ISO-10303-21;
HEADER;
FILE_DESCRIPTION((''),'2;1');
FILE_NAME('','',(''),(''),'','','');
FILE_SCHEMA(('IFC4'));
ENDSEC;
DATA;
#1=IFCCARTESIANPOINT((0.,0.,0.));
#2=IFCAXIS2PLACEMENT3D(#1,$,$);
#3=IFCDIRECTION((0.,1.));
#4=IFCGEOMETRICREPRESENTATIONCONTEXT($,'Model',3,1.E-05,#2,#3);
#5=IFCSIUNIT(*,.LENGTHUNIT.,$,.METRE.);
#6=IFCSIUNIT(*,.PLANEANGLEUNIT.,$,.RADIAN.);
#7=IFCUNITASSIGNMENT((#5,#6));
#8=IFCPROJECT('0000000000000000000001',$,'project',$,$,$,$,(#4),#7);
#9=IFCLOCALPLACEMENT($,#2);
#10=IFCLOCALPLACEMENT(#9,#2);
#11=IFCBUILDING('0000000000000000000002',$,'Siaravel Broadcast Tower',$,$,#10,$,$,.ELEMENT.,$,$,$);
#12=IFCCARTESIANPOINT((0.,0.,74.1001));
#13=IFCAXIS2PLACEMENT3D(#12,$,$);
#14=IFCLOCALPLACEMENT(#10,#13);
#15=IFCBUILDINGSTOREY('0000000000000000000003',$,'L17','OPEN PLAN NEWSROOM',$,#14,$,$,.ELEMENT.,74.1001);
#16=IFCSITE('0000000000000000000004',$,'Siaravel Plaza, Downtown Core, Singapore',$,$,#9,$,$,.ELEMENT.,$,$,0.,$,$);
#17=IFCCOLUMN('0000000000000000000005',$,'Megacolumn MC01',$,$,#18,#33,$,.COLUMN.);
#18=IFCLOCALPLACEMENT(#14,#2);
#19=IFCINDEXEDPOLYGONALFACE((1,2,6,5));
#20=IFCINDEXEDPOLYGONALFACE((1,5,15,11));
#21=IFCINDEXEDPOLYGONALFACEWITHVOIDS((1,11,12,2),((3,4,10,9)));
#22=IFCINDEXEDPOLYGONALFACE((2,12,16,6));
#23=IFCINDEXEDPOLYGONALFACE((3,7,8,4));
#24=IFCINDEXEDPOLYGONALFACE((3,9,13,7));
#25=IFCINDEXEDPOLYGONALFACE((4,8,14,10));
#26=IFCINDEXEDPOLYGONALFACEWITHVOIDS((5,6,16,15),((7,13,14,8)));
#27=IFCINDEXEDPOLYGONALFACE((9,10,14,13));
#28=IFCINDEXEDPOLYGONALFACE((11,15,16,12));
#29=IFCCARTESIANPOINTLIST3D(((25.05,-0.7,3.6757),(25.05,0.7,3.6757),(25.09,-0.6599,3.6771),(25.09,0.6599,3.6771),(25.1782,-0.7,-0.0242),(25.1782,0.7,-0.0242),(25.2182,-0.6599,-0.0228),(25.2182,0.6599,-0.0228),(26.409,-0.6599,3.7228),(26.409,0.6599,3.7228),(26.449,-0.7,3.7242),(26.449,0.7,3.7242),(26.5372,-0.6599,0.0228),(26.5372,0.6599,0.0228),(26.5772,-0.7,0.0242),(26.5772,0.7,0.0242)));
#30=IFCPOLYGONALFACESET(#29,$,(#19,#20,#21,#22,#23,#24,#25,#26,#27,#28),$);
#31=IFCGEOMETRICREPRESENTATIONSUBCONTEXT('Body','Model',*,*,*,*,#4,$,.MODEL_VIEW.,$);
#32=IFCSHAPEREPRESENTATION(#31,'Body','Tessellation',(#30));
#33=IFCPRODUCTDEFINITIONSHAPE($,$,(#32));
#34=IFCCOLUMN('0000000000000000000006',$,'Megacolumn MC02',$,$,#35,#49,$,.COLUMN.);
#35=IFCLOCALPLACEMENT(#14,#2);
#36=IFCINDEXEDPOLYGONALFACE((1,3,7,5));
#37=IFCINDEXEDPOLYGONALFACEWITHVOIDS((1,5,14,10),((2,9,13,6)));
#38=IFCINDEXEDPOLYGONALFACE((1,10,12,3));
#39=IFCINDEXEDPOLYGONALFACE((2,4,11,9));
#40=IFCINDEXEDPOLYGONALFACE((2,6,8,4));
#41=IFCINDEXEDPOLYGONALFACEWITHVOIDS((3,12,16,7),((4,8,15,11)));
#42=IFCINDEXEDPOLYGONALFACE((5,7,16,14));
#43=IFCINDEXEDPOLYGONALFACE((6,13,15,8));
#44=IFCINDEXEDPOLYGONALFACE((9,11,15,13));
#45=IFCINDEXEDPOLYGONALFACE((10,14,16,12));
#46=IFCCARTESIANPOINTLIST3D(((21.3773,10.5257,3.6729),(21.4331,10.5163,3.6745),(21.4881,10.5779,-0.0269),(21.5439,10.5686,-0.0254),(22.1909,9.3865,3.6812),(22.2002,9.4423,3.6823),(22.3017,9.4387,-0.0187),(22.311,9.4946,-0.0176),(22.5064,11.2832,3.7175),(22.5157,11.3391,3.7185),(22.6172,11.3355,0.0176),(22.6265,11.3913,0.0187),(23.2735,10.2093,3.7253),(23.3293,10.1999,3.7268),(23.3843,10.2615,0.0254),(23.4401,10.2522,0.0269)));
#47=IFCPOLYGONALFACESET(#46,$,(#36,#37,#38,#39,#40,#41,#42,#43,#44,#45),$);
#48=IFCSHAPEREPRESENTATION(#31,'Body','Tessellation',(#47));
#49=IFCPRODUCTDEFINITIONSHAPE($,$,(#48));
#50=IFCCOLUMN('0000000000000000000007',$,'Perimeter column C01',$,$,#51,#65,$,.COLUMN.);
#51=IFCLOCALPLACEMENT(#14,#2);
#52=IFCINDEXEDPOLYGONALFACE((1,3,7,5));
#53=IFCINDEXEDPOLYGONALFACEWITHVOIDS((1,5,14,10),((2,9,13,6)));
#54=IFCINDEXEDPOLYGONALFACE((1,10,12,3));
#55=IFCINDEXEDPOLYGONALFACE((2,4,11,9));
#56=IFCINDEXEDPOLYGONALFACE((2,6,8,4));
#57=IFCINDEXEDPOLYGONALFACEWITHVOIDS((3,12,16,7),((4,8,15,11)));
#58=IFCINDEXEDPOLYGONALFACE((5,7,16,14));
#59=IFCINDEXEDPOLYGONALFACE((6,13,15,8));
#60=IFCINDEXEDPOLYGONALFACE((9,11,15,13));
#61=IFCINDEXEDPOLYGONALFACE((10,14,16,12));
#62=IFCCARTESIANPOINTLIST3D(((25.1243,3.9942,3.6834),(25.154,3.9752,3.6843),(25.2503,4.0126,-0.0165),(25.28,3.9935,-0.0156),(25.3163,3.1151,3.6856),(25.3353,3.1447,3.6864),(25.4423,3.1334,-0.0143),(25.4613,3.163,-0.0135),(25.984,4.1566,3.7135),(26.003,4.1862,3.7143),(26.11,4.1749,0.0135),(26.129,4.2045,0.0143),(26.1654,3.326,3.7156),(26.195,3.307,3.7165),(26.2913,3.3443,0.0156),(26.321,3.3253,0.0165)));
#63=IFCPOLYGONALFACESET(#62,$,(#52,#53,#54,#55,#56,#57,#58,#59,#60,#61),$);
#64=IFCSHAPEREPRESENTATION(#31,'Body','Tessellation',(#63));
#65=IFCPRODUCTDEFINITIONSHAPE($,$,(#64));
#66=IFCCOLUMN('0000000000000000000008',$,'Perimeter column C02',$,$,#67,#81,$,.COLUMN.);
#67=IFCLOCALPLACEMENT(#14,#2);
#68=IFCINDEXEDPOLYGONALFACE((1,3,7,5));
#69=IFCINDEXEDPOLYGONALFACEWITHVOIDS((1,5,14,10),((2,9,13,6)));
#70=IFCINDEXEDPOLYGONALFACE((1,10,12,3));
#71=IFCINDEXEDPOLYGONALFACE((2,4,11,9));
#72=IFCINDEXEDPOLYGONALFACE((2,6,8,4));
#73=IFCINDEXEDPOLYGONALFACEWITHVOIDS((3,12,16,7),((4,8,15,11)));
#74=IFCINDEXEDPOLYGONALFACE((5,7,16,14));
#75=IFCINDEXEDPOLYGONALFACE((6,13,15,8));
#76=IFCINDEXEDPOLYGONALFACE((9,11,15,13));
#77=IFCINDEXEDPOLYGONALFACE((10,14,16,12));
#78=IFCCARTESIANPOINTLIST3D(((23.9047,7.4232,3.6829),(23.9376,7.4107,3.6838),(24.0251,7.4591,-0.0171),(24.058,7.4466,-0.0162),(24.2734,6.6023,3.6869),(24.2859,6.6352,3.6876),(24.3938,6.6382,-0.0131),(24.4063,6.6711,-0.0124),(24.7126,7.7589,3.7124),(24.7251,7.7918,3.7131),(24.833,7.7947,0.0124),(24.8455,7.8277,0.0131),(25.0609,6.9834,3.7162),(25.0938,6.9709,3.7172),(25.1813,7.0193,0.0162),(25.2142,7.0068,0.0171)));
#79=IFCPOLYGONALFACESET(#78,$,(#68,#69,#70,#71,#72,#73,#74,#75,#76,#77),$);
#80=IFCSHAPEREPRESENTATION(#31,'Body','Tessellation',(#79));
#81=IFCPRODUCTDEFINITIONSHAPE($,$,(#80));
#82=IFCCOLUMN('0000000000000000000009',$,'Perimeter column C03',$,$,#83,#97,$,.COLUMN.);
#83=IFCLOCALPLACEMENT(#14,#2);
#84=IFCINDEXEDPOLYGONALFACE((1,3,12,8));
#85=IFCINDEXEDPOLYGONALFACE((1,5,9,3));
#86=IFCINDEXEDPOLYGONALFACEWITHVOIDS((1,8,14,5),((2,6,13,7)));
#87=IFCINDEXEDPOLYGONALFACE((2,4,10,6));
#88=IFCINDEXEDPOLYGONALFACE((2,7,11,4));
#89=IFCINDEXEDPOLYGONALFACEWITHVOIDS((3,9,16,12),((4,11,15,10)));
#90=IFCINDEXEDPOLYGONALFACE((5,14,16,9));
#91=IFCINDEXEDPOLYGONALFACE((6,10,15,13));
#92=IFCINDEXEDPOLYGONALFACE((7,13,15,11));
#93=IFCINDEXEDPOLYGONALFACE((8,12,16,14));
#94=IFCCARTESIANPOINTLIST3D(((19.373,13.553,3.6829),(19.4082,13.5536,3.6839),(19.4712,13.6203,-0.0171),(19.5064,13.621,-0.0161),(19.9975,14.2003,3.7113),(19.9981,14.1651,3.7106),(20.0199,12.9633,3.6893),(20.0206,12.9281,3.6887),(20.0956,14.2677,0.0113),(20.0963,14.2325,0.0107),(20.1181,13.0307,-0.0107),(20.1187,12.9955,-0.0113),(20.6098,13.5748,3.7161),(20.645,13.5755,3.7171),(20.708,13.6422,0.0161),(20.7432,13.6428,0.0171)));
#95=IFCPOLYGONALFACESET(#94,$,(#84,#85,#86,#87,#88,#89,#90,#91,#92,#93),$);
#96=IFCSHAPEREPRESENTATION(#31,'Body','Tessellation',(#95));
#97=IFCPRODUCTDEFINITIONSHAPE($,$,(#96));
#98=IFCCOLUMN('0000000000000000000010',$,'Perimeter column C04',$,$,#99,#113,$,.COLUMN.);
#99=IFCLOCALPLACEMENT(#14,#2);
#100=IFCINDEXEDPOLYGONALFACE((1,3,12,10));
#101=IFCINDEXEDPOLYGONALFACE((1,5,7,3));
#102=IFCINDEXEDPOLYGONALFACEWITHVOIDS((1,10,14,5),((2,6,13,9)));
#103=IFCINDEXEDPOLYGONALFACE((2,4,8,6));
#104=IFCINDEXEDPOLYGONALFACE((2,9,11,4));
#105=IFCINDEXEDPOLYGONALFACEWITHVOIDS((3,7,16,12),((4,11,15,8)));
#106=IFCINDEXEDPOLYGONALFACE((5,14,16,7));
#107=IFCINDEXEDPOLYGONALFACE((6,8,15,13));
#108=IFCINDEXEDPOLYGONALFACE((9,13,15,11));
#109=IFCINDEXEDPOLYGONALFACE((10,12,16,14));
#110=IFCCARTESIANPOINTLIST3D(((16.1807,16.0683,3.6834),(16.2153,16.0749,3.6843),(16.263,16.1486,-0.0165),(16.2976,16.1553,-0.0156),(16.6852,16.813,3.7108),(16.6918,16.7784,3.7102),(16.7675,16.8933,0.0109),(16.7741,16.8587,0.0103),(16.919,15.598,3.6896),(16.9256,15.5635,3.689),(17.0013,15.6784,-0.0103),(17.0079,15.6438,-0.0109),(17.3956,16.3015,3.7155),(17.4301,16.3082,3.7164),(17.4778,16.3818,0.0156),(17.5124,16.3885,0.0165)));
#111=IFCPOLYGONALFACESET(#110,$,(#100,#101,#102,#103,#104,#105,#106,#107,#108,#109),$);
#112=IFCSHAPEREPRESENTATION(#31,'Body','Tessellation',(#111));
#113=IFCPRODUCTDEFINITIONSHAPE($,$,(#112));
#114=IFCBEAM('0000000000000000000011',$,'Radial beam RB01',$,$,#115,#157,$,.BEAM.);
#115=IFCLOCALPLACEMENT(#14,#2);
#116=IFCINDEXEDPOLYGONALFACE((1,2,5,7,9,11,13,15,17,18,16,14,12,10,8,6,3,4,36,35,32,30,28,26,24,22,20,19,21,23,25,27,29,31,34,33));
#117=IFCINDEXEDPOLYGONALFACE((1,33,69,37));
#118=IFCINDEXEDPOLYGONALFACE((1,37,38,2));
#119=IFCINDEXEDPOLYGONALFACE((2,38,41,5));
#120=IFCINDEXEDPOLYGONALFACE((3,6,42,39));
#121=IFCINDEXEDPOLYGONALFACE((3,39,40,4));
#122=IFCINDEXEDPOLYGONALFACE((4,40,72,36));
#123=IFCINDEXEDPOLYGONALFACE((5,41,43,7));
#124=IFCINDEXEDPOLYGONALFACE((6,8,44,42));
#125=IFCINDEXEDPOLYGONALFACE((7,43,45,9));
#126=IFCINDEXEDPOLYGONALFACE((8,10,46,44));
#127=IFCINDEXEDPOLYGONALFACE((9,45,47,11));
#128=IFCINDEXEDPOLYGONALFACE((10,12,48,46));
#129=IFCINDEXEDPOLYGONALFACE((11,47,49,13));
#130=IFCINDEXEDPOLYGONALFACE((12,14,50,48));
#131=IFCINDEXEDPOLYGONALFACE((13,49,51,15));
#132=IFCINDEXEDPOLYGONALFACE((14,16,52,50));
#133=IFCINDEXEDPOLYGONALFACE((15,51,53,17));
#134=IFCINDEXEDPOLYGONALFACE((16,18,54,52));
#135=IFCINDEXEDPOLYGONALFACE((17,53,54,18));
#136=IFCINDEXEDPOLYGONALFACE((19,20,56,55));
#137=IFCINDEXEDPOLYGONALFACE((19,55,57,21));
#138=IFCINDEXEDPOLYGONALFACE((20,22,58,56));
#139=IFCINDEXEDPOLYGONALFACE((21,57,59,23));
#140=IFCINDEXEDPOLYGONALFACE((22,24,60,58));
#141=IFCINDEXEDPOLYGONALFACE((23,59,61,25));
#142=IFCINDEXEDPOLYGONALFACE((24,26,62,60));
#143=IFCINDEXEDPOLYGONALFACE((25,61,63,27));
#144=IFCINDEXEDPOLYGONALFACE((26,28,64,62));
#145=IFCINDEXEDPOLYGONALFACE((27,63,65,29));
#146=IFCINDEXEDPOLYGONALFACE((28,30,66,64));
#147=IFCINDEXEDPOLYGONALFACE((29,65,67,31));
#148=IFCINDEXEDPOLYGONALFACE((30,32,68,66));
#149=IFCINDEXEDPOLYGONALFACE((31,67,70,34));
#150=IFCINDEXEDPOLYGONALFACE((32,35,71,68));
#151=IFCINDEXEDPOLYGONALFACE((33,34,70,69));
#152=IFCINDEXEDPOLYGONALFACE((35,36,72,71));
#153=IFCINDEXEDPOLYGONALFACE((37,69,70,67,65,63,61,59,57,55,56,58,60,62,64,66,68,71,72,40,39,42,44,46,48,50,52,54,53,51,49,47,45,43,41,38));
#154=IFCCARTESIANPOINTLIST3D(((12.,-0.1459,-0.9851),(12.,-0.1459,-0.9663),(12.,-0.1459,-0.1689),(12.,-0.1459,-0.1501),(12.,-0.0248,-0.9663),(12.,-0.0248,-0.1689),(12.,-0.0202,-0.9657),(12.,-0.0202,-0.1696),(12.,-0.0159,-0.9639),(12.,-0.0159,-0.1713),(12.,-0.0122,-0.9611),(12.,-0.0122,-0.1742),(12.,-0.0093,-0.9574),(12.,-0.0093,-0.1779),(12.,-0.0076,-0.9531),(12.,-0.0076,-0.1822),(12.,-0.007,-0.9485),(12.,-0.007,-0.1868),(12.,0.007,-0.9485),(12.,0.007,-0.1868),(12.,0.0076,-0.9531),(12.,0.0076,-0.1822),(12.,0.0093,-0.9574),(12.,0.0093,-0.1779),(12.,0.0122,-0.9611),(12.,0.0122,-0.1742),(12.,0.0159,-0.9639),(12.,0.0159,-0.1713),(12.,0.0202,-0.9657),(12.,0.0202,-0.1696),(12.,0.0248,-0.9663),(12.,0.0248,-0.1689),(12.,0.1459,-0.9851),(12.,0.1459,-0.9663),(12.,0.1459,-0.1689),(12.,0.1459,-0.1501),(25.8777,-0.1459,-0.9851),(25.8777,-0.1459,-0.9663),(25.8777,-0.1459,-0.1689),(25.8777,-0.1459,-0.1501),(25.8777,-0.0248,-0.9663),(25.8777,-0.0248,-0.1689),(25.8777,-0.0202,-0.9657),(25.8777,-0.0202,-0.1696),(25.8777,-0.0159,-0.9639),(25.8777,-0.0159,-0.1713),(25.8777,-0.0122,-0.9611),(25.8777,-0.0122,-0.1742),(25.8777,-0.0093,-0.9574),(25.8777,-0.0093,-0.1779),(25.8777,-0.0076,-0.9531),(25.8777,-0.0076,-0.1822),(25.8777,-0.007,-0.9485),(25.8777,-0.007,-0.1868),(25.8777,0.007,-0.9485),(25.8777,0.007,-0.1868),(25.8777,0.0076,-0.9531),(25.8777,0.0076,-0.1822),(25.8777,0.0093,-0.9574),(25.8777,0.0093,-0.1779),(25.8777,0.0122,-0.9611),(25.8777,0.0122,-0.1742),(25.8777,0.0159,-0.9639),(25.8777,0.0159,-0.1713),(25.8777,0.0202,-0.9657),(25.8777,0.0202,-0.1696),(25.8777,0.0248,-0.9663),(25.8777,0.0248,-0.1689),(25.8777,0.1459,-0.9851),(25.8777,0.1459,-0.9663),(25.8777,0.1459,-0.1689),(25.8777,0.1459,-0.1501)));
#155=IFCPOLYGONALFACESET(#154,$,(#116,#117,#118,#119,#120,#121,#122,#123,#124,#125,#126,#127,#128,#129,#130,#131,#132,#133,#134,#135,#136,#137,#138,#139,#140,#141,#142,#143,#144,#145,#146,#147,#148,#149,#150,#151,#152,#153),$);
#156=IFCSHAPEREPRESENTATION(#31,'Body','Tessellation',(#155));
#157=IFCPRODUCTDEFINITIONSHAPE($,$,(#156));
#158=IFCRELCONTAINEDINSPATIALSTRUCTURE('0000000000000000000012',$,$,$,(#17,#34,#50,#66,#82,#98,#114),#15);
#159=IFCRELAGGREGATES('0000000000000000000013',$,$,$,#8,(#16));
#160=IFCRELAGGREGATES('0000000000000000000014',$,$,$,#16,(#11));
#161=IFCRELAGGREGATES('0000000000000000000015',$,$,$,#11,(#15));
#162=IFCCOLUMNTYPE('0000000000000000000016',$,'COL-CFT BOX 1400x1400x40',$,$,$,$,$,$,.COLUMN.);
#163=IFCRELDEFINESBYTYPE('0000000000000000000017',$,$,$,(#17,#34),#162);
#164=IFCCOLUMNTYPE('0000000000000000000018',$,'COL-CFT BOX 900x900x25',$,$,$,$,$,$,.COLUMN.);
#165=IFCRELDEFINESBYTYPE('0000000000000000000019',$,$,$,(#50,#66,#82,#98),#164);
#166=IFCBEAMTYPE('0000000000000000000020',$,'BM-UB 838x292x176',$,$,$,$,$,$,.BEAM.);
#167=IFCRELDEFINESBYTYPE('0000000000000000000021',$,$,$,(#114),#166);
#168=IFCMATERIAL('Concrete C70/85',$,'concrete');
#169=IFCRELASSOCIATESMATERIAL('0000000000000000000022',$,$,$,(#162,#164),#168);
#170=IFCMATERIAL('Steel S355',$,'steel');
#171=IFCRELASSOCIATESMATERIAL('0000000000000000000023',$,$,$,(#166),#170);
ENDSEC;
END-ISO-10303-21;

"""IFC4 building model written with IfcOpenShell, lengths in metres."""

from ifc_helpers import new_model, si_unit, direction, frame, origin, origin_2d, place, context, subcontext, project, spatial, hollow_rectangle, i_section, extrude, material, material_profile, profile_set, type_object, element, save


model = new_model("IFC4")

# Units and contexts
model_context = context("Model", 3, precision=1e-05, world=origin(), true_north=direction((0.0, 1.0)))
body_context = subcontext(model_context, "Body", "Model", "MODEL_VIEW")
ifc_project = project(units=[si_unit("LENGTHUNIT", "METRE"), si_unit("PLANEANGLEUNIT", "RADIAN")], contexts=[model_context])

# Site, building, storey
site_placement = place(None, origin())
site = spatial("IfcSite", under=ifc_project, at=site_placement, Name="Siaravel Plaza, Downtown Core, Singapore", CompositionType="ELEMENT", RefElevation=0.0)
building_placement = place(site_placement, origin())
building = spatial("IfcBuilding", under=site, at=building_placement, Name="Siaravel Broadcast Tower", CompositionType="ELEMENT")
storey_placement = place(building_placement, frame((0.0, 0.0, 74.1001)))
storey = spatial("IfcBuildingStorey", under=building, at=storey_placement, Name="L17", Description="OPEN PLAN NEWSROOM", CompositionType="ELEMENT", Elevation=74.1001)

# Columns
ifc_material_1 = material(Name="Concrete C70/85", Category="concrete")
ifc_material_profile_1 = material_profile(ifc_material_1, hollow_rectangle(XDim=1.3999, YDim=1.3999, WallThickness=0.04, at=origin_2d()))
ifc_profile_set_1 = profile_set([ifc_material_profile_1], Name="Concrete C70/85")
column_type_1 = type_object("IfcColumnType", Name="COL-CFT BOX 1400x1400x40", PredefinedType="COLUMN", material=ifc_profile_set_1)
column_1_placement = place(storey_placement, frame((25.8777, 0.0, 0.0), z_axis=(-0.034621, 0.0, 0.999401), x_axis=(0.0, -1.0, 0.0)))
element("IfcColumn", 1, at=column_1_placement, inside=storey, type_object=column_type_1, Name="Megacolumn MC01", PredefinedType="COLUMN", context=body_context, shape_type="SweptSolid", body=[
    extrude(hollow_rectangle(XDim=1.3999, YDim=1.3999, WallThickness=0.04, at=origin_2d()), origin(), (0.0, 0.0, 1.0), 3.7021),
])
column_2_placement = place(storey_placement, frame((22.4641, 10.415, 0.0), z_axis=(-0.029941, -0.014113, 0.999452), x_axis=(0.581205, -0.813736, 0.005921)))
element("IfcColumn", 2, at=column_2_placement, inside=storey, type_object=column_type_1, Name="Megacolumn MC02", PredefinedType="COLUMN", context=body_context, shape_type="SweptSolid", body=[
    extrude(hollow_rectangle(XDim=1.3999, YDim=1.3999, WallThickness=0.04, at=origin_2d()), origin(), (0.0, 0.0, 1.0), 3.7019),
])
ifc_material_profile_2 = material_profile(ifc_material_1, hollow_rectangle(XDim=0.8999, YDim=0.8999, WallThickness=0.0249, at=origin_2d()))
ifc_profile_set_2 = profile_set([ifc_material_profile_2], Name="Concrete C70/85")
column_type_2 = type_object("IfcColumnType", Name="COL-CFT BOX 900x900x25", PredefinedType="COLUMN", material=ifc_profile_set_2)
for number, where, z_axis, x_axis, name in (
    (3, (25.7856, 3.6689, 0.0), (-0.034028, -0.004946, 0.999409), (0.213346, -0.976974, 0.002429), "Perimeter column C01"),
    (4, (24.6196, 7.2329, 0.0), (-0.032512, -0.009694, 0.999424), (0.409679, -0.912219, 0.004479), "Perimeter column C02"),
):
    element("IfcColumn", number, at=place(storey_placement, frame(where, z_axis=z_axis, x_axis=x_axis)), inside=storey, type_object=column_type_2, Name=name, PredefinedType="COLUMN", context=body_context, shape_type="SweptSolid", body=[
        extrude(hollow_rectangle(XDim=0.8999, YDim=0.8999, WallThickness=0.0249, at=origin_2d()), origin(), (0.0, 0.0, 1.0), 3.7021),
    ])
column_3_placement = place(storey_placement, frame((20.1072, 13.6316, 0.0), z_axis=(-0.026512, -0.018202, 0.999483), x_axis=(0.719584, -0.694375, 0.006442)))
element("IfcColumn", 5, at=column_3_placement, inside=storey, type_object=column_type_2, Name="Perimeter column C03", PredefinedType="COLUMN", context=body_context, shape_type="SweptSolid", body=[
    extrude(hollow_rectangle(XDim=0.8999, YDim=0.8999, WallThickness=0.0249, at=origin_2d()), origin(), (0.0, 0.0, 1.0), 3.7019),
])
column_4_placement = place(storey_placement, frame((16.8877, 16.2686, 0.0), z_axis=(-0.022226, -0.021699, 0.999517), x_axis=(0.827793, -0.560999, 0.006229)))
element("IfcColumn", 6, at=column_4_placement, inside=storey, type_object=column_type_2, Name="Perimeter column C04", PredefinedType="COLUMN", context=body_context, shape_type="SweptSolid", body=[
    extrude(hollow_rectangle(XDim=0.8999, YDim=0.8999, WallThickness=0.0249, at=origin_2d()), origin(), (0.0, 0.0, 1.0), 3.7017),
])

# Beam
ifc_material_2 = material(Name="Steel S355", Category="steel")
ifc_material_profile_3 = material_profile(ifc_material_2, i_section(OverallWidth=0.2917, OverallDepth=0.835, WebThickness=0.0139, FlangeThickness=0.0188, FilletRadius=0.0178, at=origin_2d()))
ifc_profile_set_3 = profile_set([ifc_material_profile_3], Name="Steel S355")
beam_type = type_object("IfcBeamType", Name="BM-UB 838x292x176", PredefinedType="BEAM", material=ifc_profile_set_3)
beam_1_placement = place(storey_placement, frame((25.8777, 0.0, -0.5676), z_axis=(-1.0, 0.0, 0.0), x_axis=(0.0, -1.0, 0.0)))
element("IfcBeam", 7, at=beam_1_placement, inside=storey, type_object=beam_type, Name="Radial beam RB01", PredefinedType="BEAM", context=body_context, shape_type="SweptSolid", body=[
    extrude(i_section(OverallWidth=0.2917, OverallDepth=0.835, WebThickness=0.0139, FlangeThickness=0.0188, FilletRadius=0.0178, at=origin_2d()), origin(), (0.0, 0.0, 1.0), 13.8777),
])

save(model, "model.ifc")
